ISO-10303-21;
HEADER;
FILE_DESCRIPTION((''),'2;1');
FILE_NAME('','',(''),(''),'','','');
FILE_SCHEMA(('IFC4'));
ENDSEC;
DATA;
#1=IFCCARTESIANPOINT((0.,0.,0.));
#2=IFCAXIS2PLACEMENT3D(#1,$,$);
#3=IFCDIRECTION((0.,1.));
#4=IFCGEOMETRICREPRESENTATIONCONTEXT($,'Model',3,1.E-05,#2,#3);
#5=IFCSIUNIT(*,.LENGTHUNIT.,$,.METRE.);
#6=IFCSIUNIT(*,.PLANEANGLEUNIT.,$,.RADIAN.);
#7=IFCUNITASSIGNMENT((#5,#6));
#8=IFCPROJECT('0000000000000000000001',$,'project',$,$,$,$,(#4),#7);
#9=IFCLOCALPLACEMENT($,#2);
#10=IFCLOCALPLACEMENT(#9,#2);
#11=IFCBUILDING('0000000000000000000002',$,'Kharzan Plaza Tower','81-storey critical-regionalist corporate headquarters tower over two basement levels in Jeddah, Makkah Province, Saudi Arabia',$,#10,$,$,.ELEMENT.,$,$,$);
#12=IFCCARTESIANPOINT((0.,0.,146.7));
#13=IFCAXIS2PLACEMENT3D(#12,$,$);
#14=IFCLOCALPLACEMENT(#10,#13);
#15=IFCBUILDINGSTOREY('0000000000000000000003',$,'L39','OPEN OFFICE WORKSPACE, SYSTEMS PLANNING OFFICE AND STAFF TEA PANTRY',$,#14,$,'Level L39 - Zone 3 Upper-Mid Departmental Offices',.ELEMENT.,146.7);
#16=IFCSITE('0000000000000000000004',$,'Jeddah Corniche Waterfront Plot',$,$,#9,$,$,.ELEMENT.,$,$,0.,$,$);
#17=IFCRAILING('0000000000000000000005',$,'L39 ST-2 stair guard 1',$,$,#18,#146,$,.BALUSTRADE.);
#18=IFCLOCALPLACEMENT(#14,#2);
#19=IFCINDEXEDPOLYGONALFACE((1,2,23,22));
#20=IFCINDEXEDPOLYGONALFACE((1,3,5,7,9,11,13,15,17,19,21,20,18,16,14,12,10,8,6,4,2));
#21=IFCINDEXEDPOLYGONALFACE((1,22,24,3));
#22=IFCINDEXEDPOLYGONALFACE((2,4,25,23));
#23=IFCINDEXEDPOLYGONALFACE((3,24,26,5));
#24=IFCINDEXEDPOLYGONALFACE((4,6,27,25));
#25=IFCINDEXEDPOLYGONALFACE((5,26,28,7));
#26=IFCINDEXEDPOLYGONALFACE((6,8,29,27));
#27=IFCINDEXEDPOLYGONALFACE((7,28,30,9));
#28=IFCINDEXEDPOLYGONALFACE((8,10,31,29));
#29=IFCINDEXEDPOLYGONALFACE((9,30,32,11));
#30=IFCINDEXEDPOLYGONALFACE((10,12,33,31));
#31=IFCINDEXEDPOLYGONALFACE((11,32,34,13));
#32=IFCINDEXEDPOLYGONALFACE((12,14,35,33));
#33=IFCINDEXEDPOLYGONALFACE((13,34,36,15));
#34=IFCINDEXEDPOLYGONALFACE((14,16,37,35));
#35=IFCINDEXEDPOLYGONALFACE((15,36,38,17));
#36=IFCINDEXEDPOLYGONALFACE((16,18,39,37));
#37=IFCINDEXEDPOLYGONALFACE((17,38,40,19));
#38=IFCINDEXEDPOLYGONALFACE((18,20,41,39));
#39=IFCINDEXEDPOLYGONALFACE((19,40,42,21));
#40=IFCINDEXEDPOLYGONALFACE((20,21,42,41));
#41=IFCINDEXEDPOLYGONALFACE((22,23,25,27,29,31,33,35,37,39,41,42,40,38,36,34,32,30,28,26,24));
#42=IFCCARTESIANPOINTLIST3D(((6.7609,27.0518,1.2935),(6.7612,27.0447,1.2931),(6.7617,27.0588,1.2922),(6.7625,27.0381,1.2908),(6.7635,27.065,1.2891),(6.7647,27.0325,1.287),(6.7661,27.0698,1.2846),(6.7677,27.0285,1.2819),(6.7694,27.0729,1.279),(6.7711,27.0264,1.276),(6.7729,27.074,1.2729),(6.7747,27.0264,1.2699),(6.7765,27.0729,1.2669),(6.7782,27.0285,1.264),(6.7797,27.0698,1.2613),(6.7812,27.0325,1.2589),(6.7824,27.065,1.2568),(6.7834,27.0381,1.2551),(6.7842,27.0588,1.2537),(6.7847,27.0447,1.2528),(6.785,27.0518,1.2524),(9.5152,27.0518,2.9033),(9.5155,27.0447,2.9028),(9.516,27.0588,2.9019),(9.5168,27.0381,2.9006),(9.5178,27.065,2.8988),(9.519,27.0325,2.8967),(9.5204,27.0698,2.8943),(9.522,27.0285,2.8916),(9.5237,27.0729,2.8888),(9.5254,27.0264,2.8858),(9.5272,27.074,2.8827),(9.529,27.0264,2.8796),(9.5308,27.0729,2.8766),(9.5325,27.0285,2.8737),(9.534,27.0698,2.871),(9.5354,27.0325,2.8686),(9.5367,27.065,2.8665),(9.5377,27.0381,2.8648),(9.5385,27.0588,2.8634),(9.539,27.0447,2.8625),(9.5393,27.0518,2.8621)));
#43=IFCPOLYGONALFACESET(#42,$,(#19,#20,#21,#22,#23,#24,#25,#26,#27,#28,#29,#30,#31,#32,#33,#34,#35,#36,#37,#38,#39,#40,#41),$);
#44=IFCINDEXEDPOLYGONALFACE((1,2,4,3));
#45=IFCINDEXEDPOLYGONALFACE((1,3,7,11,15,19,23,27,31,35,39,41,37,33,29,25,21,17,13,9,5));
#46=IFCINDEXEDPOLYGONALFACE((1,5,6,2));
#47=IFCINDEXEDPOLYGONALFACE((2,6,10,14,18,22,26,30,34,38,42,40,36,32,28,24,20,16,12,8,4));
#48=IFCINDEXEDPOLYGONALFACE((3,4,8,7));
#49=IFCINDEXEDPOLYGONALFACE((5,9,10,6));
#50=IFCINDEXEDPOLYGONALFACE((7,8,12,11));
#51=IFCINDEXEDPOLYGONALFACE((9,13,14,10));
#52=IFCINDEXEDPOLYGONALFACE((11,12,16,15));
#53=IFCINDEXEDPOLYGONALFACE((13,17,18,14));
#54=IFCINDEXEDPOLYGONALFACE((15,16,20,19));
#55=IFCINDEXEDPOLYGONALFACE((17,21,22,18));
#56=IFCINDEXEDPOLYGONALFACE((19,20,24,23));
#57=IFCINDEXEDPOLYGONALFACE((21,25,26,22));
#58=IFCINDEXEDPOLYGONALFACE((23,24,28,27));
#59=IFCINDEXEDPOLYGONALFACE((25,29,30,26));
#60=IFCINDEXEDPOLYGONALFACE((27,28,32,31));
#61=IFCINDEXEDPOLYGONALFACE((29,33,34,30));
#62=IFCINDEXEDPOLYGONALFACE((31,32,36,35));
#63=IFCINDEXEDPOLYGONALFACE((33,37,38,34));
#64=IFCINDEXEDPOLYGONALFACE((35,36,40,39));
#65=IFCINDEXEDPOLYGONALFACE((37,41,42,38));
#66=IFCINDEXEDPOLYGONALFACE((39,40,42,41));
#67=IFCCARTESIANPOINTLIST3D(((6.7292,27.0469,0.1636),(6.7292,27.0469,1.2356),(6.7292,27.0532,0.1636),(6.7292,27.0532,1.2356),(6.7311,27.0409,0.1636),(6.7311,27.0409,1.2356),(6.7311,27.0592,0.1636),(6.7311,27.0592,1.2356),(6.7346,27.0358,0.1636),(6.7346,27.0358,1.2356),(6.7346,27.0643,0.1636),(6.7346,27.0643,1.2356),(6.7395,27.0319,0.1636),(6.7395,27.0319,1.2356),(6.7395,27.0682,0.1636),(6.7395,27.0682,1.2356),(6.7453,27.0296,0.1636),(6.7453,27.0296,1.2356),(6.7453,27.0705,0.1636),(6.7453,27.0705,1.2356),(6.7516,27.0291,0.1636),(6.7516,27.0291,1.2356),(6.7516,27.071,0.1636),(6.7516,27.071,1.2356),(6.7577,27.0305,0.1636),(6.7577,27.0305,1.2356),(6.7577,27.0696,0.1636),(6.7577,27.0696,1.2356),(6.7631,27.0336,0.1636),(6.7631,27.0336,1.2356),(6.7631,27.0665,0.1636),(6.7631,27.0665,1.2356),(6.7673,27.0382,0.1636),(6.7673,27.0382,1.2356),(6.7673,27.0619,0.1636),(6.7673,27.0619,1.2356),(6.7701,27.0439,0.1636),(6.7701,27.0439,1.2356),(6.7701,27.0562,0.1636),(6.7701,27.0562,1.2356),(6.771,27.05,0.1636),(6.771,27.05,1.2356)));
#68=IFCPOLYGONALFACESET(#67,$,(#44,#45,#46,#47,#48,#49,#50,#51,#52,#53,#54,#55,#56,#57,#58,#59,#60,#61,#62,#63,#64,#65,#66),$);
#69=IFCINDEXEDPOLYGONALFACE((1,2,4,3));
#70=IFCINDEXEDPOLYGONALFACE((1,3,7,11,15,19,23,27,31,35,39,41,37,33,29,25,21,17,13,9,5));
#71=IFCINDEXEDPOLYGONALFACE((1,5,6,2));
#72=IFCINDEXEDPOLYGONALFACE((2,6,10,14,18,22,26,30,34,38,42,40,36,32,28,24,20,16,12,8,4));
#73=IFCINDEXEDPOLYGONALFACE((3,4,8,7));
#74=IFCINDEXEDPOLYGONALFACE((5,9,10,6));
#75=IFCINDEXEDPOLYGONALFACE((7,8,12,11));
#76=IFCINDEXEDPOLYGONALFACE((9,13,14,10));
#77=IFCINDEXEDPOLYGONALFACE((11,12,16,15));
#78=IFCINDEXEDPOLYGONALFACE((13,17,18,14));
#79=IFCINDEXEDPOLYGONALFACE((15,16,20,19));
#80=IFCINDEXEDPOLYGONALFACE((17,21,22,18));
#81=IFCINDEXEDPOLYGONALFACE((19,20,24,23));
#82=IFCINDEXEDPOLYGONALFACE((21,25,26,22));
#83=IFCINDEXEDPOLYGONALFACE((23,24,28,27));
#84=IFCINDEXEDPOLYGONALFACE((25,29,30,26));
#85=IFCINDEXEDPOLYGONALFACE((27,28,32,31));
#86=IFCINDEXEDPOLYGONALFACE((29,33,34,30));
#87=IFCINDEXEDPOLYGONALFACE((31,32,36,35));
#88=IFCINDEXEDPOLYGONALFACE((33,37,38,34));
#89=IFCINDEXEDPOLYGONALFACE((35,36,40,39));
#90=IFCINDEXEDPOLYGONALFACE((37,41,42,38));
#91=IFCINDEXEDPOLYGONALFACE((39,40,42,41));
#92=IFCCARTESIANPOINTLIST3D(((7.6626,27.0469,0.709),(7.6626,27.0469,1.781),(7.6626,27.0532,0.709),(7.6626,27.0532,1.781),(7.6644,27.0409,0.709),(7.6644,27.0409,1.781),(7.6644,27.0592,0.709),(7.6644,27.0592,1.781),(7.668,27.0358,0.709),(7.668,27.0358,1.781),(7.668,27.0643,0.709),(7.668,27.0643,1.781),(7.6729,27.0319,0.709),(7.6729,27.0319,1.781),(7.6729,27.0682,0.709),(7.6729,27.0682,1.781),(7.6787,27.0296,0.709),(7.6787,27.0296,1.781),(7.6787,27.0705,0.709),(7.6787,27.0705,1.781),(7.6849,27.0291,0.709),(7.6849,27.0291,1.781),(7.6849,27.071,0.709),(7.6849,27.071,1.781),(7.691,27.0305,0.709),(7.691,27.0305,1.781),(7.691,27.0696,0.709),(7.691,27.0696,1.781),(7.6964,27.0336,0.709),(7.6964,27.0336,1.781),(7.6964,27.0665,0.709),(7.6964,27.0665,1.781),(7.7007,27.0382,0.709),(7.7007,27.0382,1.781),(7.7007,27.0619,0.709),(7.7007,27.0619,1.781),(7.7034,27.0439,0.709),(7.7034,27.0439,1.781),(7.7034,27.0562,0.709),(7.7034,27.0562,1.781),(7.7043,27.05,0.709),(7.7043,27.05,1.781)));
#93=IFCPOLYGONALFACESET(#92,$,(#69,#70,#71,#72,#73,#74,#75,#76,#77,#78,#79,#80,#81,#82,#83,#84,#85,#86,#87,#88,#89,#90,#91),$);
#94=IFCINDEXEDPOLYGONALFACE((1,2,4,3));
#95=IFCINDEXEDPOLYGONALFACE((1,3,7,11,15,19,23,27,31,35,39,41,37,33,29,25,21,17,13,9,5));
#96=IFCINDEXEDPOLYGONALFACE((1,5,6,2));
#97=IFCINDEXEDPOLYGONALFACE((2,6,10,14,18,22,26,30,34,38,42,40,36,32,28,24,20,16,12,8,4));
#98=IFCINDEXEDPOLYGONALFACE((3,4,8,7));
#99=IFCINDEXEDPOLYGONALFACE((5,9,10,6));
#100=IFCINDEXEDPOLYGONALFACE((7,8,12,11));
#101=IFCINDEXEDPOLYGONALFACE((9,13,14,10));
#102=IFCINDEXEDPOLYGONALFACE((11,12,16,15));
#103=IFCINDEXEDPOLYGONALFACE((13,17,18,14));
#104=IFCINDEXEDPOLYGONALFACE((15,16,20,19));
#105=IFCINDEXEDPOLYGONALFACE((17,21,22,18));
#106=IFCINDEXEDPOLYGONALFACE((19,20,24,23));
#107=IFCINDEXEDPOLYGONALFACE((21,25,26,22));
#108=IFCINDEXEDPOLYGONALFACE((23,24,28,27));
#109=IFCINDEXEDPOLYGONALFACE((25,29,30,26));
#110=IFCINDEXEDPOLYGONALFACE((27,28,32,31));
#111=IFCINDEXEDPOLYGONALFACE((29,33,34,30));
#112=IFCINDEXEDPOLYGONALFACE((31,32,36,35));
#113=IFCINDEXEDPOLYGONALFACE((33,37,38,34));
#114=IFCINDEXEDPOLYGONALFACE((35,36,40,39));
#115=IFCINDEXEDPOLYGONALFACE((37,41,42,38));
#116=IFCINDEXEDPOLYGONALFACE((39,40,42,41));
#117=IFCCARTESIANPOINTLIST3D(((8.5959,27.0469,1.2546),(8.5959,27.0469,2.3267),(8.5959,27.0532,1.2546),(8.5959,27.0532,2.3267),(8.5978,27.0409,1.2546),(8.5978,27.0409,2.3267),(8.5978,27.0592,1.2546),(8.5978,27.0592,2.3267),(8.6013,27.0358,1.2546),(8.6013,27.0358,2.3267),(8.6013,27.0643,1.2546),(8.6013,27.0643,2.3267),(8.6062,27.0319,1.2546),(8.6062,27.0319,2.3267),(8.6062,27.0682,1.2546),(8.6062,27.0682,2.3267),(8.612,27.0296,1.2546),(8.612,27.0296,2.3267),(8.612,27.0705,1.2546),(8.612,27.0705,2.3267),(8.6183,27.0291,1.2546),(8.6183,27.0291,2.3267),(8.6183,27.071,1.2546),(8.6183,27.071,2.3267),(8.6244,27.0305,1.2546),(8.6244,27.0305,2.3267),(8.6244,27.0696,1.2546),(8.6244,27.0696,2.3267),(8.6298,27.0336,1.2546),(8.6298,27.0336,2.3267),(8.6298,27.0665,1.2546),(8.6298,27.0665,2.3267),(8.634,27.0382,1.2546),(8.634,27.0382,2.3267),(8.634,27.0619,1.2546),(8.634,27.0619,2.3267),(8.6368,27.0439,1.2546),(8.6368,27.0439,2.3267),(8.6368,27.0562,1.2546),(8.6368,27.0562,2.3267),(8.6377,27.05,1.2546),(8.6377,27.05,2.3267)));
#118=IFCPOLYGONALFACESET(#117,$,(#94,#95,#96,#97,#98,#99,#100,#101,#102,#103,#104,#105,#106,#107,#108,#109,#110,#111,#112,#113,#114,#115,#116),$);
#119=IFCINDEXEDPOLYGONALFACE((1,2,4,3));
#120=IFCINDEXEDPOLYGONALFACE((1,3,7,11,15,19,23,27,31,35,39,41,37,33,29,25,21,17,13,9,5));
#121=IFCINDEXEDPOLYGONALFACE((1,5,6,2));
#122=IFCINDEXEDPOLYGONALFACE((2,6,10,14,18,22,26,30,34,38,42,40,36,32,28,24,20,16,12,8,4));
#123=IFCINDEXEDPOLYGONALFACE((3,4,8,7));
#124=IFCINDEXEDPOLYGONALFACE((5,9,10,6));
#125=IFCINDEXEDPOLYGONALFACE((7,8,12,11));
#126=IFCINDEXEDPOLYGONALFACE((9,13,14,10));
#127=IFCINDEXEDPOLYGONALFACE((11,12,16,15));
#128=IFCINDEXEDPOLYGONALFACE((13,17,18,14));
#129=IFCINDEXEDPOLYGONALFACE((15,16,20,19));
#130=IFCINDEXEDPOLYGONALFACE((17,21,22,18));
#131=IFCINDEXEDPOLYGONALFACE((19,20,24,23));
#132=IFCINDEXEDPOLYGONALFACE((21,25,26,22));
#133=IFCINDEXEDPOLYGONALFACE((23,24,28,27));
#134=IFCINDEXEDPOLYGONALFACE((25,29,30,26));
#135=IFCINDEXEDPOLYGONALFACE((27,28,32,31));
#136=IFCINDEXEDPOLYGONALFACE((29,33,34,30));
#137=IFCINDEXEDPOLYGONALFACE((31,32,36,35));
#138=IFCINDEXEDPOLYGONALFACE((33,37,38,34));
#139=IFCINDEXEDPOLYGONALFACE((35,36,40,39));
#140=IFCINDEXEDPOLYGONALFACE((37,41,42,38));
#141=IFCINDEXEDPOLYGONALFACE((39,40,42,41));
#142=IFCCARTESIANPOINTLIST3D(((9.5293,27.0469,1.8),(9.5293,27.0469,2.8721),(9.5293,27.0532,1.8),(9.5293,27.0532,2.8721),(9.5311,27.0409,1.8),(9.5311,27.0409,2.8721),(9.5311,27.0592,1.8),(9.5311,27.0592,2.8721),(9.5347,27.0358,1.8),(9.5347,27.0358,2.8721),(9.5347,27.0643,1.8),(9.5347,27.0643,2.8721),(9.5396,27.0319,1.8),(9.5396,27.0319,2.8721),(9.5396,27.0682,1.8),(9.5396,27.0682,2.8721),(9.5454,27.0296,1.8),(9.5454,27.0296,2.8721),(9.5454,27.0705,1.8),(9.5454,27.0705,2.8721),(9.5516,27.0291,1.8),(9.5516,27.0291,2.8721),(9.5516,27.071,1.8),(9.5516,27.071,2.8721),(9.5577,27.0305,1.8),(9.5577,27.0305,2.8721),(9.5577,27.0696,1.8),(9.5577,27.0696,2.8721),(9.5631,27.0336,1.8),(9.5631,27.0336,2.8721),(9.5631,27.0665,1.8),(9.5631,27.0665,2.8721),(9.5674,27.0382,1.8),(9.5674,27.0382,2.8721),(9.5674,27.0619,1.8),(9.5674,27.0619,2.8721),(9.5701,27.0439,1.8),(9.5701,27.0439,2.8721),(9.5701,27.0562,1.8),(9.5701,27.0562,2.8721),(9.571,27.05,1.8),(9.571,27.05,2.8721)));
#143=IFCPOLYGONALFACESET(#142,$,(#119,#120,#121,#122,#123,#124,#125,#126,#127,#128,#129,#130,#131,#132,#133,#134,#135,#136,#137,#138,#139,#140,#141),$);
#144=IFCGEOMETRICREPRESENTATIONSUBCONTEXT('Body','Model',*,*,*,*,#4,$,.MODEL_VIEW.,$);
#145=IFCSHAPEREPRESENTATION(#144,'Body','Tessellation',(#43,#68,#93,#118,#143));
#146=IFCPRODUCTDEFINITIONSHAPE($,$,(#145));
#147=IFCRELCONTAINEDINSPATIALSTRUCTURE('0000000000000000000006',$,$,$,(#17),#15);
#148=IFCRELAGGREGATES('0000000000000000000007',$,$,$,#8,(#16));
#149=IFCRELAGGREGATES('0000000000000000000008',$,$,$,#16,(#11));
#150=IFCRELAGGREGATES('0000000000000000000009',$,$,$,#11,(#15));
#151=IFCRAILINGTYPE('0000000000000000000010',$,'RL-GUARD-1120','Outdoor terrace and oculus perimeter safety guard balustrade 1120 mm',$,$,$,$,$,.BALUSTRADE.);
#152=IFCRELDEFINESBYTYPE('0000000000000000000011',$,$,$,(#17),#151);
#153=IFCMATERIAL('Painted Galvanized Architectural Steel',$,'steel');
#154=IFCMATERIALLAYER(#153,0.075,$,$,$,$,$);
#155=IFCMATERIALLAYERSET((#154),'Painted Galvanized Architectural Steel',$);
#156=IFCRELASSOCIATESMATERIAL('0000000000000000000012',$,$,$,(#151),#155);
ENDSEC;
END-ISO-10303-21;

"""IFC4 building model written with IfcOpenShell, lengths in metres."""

from ifc_helpers import new_model, si_unit, direction, frame, origin, origin_2d, place, context, subcontext, project, spatial, circle, extrude, source, transform, mapped, material, layer, layer_set, type_object, element, save


model = new_model("IFC4")

# Units and contexts
model_context = context("Model", 3, precision=1e-05, world=origin(), true_north=direction((0.0, 1.0)))
body_context = subcontext(model_context, "Body", "Model", "MODEL_VIEW")
ifc_project = project(units=[si_unit("LENGTHUNIT", "METRE"), si_unit("PLANEANGLEUNIT", "RADIAN")], contexts=[model_context])

# Site, building, storey
site_placement = place(None, origin())
site = spatial("IfcSite", under=ifc_project, at=site_placement, Name="Jeddah Corniche Waterfront Plot", CompositionType="ELEMENT", RefElevation=0.0)
building_placement = place(site_placement, origin())
building = spatial("IfcBuilding", under=site, at=building_placement, Name="Kharzan Plaza Tower", Description="81-storey critical-regionalist corporate headquarters tower over two basement levels in Jeddah, Makkah Province, Saudi Arabia", CompositionType="ELEMENT")
storey_placement = place(building_placement, frame((0.0, 0.0, 146.7)))
storey = spatial("IfcBuildingStorey", under=building, at=storey_placement, Name="L39", Description="OPEN OFFICE WORKSPACE, SYSTEMS PLANNING OFFICE AND STAFF TEA PANTRY", LongName="Level L39 - Zone 3 Upper-Mid Departmental Offices", CompositionType="ELEMENT", Elevation=146.7)

# Railing
ifc_material_1 = material(Name="Painted Galvanized Architectural Steel", Category="steel")
ifc_layer_1 = layer(ifc_material_1, 0.075)
ifc_layer_set_1 = layer_set([ifc_layer_1], Name="Painted Galvanized Architectural Steel")
railing_type_1 = type_object("IfcRailingType", Name="RL-GUARD-1120", Description="Outdoor terrace and oculus perimeter safety guard balustrade 1120 mm", PredefinedType="BALUSTRADE", material=ifc_layer_set_1)
shared_shape_1 = source(origin(), body_context, "Body", "SweptSolid", [
    extrude(circle(Radius=0.0239, at=origin_2d()), frame((0.0229, 0.0, 1.1094), z_axis=(0.863361, 0.0, 0.504587), x_axis=(0.0, 1.0, 0.0)), (0.0, 0.0, 1.0), 3.1902),
    extrude(circle(Radius=0.021, at=origin_2d()), origin(), (0.0, 0.0, 1.0), 1.072),
    extrude(circle(Radius=0.021, at=origin_2d()), frame((0.9333, 0.0, 0.5454)), (0.0, 0.0, 1.0), 1.072),
    extrude(circle(Radius=0.021, at=origin_2d()), frame((1.8667, 0.0, 1.0911)), (0.0, 0.0, 1.0), 1.072),
    extrude(circle(Radius=0.021, at=origin_2d()), frame((2.8, 0.0, 1.6365)), (0.0, 0.0, 1.0), 1.072),
])
railing_1_placement = place(storey_placement, frame((6.75, 27.05, 0.1636)))
element("IfcRailing", 1, at=railing_1_placement, inside=storey, type_object=railing_type_1, Name="L39 ST-2 stair guard 1", PredefinedType="BALUSTRADE", context=body_context, shape_type="MappedRepresentation", body=[
    mapped(shared_shape_1, transform((0.0, 0.0, 0.0), x_axis=(1.0, 0.0, 0.0), y_axis=(0.0, 1.0, 0.0), z_axis=(0.0, 0.0, 1.0))),
])

save(model, "model.ifc")
